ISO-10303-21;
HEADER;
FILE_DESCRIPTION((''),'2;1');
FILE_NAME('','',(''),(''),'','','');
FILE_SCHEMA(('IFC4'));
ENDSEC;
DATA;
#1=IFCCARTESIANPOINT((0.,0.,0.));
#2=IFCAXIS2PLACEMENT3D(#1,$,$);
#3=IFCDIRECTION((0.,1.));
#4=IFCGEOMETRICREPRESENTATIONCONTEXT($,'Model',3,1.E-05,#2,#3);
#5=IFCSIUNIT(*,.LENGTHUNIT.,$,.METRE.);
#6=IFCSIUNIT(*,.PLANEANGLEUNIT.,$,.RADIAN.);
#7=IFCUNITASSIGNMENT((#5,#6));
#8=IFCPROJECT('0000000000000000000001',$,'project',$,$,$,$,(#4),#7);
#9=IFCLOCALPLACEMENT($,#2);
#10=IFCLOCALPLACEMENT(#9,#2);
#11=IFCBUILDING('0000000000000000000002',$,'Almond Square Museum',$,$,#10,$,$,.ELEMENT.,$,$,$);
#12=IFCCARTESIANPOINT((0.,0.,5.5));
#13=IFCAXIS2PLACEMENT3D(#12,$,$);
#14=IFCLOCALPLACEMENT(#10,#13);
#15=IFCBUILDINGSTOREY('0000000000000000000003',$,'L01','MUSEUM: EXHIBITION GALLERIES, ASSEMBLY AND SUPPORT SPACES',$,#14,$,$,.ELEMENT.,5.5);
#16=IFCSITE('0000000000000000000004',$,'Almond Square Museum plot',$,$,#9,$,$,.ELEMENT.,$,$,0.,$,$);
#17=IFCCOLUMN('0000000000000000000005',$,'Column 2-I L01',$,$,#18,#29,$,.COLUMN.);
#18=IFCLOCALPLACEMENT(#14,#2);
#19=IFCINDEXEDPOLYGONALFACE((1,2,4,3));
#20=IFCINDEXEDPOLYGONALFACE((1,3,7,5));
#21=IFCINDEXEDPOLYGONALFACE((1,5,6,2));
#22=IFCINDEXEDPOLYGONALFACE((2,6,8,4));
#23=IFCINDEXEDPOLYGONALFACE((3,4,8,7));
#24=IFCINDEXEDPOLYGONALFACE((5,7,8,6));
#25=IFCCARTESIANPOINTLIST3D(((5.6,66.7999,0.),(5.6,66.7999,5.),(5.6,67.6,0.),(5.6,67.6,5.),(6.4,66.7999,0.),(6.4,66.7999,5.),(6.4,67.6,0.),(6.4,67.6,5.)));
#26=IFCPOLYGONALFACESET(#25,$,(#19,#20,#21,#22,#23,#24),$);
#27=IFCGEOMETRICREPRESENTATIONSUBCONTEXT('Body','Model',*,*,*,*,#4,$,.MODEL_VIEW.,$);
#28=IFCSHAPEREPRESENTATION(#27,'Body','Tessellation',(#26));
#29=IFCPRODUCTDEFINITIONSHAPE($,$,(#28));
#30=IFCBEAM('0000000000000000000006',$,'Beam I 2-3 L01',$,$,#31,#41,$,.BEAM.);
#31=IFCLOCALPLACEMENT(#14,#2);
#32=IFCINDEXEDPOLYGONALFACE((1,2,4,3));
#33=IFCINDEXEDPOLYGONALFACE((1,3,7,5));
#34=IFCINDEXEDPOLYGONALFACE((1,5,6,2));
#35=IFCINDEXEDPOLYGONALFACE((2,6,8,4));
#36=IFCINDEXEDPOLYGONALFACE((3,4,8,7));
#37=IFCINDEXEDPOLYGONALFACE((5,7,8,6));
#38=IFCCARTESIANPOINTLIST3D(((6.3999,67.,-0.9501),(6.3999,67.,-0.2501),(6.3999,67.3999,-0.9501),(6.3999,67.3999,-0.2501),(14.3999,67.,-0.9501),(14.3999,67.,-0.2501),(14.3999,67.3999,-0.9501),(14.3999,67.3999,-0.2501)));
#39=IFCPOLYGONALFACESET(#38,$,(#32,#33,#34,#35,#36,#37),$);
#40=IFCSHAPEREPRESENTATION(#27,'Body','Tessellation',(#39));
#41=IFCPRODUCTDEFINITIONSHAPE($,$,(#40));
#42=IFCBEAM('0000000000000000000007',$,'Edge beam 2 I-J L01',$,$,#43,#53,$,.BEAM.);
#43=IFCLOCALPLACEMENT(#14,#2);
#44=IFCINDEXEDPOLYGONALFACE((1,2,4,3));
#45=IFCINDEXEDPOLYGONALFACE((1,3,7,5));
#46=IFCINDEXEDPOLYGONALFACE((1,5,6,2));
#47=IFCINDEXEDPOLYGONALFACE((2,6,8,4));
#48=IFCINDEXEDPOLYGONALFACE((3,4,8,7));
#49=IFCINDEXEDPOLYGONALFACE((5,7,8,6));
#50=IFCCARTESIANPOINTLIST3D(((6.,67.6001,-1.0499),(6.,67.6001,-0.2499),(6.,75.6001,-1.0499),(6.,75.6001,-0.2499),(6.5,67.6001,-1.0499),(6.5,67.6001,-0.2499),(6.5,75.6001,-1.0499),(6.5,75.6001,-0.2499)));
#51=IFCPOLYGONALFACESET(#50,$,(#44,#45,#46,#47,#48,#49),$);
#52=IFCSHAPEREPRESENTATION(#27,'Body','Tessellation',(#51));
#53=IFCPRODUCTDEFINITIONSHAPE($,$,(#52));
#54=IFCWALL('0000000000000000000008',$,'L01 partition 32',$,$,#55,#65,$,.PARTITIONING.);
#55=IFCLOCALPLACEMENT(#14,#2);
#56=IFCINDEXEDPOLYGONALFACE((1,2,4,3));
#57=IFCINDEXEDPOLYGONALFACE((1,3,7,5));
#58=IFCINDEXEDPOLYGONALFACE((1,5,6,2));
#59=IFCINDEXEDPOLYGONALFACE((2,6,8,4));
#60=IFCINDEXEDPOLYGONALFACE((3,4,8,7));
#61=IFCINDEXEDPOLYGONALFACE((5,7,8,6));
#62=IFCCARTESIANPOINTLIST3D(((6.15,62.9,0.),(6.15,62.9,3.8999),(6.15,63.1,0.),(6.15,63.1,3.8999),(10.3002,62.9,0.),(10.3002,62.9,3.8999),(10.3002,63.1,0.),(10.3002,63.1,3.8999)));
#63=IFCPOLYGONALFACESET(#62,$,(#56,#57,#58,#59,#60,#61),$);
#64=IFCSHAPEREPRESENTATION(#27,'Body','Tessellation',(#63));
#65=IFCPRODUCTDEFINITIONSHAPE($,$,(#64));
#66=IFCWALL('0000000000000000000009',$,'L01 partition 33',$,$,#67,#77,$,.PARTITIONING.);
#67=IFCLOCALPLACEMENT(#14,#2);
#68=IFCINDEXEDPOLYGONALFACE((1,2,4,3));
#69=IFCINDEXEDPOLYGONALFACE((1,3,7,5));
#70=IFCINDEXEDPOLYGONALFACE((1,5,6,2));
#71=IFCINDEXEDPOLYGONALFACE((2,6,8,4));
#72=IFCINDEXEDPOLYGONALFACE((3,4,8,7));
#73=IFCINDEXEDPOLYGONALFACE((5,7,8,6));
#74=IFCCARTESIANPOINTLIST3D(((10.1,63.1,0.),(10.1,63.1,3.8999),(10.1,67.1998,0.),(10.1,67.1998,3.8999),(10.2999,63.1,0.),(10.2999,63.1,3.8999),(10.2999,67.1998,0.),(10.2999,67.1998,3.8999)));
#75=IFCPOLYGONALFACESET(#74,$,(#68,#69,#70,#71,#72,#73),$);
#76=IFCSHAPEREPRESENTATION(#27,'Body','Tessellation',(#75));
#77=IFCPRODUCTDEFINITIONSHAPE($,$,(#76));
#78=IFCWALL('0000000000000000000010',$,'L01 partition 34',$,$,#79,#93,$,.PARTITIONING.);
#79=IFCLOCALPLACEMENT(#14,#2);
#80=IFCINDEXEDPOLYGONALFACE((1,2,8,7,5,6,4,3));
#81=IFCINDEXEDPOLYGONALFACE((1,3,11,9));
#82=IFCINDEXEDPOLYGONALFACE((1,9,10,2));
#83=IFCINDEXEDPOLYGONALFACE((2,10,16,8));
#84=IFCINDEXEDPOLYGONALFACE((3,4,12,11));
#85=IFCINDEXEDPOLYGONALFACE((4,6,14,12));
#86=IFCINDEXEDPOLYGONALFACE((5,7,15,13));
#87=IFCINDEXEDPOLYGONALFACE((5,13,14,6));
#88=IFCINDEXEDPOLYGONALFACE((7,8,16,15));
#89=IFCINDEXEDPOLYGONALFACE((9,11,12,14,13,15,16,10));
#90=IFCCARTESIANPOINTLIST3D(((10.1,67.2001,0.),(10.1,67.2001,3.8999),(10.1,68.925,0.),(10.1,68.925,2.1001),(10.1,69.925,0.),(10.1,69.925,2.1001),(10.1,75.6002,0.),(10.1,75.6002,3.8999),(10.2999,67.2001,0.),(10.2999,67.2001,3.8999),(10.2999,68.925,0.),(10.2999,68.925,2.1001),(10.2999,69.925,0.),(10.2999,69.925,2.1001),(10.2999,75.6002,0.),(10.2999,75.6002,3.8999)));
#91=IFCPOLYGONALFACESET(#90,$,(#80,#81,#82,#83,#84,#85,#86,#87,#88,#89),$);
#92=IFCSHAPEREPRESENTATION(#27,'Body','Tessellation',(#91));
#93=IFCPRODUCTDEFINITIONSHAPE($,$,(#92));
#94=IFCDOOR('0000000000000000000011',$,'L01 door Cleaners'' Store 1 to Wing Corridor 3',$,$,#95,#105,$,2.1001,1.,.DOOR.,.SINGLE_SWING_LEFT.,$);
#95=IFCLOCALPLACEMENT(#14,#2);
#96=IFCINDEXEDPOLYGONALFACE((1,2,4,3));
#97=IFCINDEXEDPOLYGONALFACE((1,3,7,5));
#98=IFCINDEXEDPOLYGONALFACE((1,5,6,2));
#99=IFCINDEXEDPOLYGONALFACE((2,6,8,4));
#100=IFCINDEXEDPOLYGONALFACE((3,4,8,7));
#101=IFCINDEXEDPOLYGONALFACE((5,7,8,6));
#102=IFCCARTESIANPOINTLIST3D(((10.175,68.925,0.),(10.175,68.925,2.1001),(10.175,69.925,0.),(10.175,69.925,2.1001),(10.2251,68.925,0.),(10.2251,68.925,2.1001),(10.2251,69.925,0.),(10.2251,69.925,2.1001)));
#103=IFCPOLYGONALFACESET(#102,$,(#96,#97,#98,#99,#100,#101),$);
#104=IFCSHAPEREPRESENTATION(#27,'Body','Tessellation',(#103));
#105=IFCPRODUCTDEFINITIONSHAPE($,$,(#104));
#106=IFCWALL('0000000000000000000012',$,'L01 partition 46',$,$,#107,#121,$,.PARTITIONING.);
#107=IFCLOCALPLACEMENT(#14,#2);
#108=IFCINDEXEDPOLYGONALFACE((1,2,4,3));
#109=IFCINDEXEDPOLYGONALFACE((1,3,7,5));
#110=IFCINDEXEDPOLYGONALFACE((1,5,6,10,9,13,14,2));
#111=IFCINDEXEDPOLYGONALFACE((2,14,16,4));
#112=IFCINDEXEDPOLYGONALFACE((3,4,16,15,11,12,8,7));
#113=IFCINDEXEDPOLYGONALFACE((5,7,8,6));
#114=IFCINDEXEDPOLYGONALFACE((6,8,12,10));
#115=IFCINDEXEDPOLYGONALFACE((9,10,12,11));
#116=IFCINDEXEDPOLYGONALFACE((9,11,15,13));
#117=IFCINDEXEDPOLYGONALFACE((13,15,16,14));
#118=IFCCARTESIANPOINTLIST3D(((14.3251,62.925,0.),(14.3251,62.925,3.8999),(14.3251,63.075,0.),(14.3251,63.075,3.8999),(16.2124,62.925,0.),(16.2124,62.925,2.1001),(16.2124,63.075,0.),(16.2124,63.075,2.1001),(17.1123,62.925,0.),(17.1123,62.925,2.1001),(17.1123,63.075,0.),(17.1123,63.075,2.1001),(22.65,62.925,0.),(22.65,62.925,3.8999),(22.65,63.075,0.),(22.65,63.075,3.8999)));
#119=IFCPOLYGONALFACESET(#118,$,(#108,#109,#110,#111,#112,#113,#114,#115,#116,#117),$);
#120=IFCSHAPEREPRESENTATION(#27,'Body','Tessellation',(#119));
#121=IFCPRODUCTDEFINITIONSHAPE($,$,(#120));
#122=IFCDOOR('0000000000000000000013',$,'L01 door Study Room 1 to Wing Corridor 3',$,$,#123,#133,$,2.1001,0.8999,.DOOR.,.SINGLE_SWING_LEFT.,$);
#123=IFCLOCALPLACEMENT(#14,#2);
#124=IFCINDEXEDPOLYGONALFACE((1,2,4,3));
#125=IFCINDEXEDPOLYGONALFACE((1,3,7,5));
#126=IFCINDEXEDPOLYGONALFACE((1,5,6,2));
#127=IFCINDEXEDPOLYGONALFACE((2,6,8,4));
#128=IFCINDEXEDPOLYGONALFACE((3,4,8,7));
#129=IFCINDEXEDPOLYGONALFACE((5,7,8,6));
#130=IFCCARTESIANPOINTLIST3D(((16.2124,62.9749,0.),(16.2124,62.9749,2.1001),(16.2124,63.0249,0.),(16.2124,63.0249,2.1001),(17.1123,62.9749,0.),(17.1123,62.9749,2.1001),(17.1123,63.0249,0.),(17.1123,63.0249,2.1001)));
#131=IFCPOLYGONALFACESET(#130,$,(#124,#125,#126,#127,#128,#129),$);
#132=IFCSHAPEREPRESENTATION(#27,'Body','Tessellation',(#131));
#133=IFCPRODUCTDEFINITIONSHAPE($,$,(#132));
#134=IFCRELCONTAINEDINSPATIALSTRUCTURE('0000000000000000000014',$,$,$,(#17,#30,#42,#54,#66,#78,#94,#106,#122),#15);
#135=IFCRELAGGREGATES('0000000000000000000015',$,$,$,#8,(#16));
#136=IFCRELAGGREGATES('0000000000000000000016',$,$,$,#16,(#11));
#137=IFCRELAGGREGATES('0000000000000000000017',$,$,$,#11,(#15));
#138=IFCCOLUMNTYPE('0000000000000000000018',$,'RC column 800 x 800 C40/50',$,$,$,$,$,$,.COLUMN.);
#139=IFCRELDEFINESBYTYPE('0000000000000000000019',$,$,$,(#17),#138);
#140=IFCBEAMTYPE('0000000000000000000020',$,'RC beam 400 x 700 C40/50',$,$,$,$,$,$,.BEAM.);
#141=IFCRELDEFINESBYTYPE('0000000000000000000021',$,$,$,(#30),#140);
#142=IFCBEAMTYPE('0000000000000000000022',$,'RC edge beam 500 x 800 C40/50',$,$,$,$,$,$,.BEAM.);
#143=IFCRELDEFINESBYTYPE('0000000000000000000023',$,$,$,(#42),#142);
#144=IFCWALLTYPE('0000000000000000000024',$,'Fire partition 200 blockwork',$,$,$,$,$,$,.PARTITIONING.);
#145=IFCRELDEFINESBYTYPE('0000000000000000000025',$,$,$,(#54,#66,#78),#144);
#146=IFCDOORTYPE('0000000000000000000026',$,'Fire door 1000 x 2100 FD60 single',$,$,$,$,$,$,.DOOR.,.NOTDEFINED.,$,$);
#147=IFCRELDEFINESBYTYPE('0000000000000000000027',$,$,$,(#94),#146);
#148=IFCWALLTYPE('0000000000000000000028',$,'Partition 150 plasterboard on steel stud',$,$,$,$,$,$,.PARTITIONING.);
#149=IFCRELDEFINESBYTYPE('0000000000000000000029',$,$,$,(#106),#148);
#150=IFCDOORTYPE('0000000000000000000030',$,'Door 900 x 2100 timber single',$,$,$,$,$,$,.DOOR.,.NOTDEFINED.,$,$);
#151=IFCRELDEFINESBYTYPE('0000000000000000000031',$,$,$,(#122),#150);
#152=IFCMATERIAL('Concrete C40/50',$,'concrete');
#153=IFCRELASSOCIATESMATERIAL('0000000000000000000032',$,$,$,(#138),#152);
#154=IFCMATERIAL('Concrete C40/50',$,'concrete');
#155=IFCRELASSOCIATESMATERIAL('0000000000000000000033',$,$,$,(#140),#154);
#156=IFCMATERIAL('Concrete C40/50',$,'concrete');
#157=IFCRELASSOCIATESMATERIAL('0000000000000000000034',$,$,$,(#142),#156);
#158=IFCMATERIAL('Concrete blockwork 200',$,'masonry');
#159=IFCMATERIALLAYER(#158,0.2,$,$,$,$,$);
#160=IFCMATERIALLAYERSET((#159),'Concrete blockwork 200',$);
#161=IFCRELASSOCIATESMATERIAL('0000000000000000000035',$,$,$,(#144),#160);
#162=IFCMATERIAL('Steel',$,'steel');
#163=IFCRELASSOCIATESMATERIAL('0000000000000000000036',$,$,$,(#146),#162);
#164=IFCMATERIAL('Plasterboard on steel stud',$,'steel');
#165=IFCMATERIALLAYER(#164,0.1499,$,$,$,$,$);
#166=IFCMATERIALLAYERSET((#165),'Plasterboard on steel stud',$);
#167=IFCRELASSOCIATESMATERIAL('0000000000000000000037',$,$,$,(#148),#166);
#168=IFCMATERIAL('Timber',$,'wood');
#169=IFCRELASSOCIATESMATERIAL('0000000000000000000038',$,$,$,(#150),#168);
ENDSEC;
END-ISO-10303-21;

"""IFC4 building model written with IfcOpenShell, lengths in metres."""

from ifc_helpers import new_model, si_unit, direction, frame, frame_2d, origin, origin_2d, place, context, subcontext, project, spatial, rectangle, extrude, material, layer, layer_set, material_profile, profile_set, type_object, element, fill, save


model = new_model("IFC4")

# Units and contexts
model_context = context("Model", 3, precision=1e-05, world=origin(), true_north=direction((0.0, 1.0)))
body_context = subcontext(model_context, "Body", "Model", "MODEL_VIEW")
ifc_project = project(units=[si_unit("LENGTHUNIT", "METRE"), si_unit("PLANEANGLEUNIT", "RADIAN")], contexts=[model_context])

# Site, building, storey
site_placement = place(None, origin())
site = spatial("IfcSite", under=ifc_project, at=site_placement, Name="Almond Square Museum plot", CompositionType="ELEMENT", RefElevation=0.0)
building_placement = place(site_placement, origin())
building = spatial("IfcBuilding", under=site, at=building_placement, Name="Almond Square Museum", CompositionType="ELEMENT")
storey_placement = place(building_placement, frame((0.0, 0.0, 5.5)))
storey = spatial("IfcBuildingStorey", under=building, at=storey_placement, Name="L01", Description="MUSEUM: EXHIBITION GALLERIES, ASSEMBLY AND SUPPORT SPACES", CompositionType="ELEMENT", Elevation=5.5)

# Column
ifc_material_1 = material(Name="Concrete C40/50", Category="concrete")
ifc_material_profile_1 = material_profile(ifc_material_1, rectangle(XDim=0.8, YDim=0.8, at=origin_2d()))
ifc_profile_set_1 = profile_set([ifc_material_profile_1], Name="Concrete C40/50")
column_type = type_object("IfcColumnType", Name="RC column 800 x 800 C40/50", PredefinedType="COLUMN", material=ifc_profile_set_1)
column_placement = place(storey_placement, frame((6.0, 67.2, 0.0), z_axis=(0.0, 0.0, 1.0), x_axis=(1.0, 0.0, 0.0)))
element("IfcColumn", 1, at=column_placement, inside=storey, type_object=column_type, Name="Column 2-I L01", PredefinedType="COLUMN", context=body_context, shape_type="SweptSolid", body=[
    extrude(rectangle(XDim=0.8, YDim=0.8, at=origin_2d()), origin(), (0.0, 0.0, 1.0), 5.0),
])

# Beams
ifc_material_2 = material(Name="Concrete C40/50", Category="concrete")
ifc_material_profile_2 = material_profile(ifc_material_2, rectangle(XDim=0.3999, YDim=0.7, at=origin_2d()))
ifc_profile_set_2 = profile_set([ifc_material_profile_2], Name="Concrete C40/50")
beam_type_1 = type_object("IfcBeamType", Name="RC beam 400 x 700 C40/50", PredefinedType="BEAM", material=ifc_profile_set_2)
beam_1_placement = place(storey_placement, frame((6.3999, 67.2, -0.6001), z_axis=(1.0, 0.0, 0.0), x_axis=(0.0, 1.0, 0.0)))
element("IfcBeam", 2, at=beam_1_placement, inside=storey, type_object=beam_type_1, Name="Beam I 2-3 L01", PredefinedType="BEAM", context=body_context, shape_type="SweptSolid", body=[
    extrude(rectangle(XDim=0.3999, YDim=0.7, at=origin_2d()), origin(), (0.0, 0.0, 1.0), 8.0),
])
ifc_material_3 = material(Name="Concrete C40/50", Category="concrete")
ifc_material_profile_3 = material_profile(ifc_material_3, rectangle(XDim=0.5, YDim=0.8, at=origin_2d()))
ifc_profile_set_3 = profile_set([ifc_material_profile_3], Name="Concrete C40/50")
beam_type_2 = type_object("IfcBeamType", Name="RC edge beam 500 x 800 C40/50", PredefinedType="BEAM", material=ifc_profile_set_3)
beam_2_placement = place(storey_placement, frame((6.25, 67.6001, -0.6499), z_axis=(0.0, 1.0, 0.0), x_axis=(-1.0, 0.0, 0.0)))
element("IfcBeam", 3, at=beam_2_placement, inside=storey, type_object=beam_type_2, Name="Edge beam 2 I-J L01", PredefinedType="BEAM", context=body_context, shape_type="SweptSolid", body=[
    extrude(rectangle(XDim=0.5, YDim=0.8, at=origin_2d()), origin(), (0.0, 0.0, 1.0), 8.0),
])

# Walls
ifc_material_4 = material(Name="Concrete blockwork 200", Category="masonry")
ifc_layer_1 = layer(ifc_material_4, 0.2)
ifc_layer_set_1 = layer_set([ifc_layer_1], Name="Concrete blockwork 200")
wall_type_1 = type_object("IfcWallType", Name="Fire partition 200 blockwork", PredefinedType="PARTITIONING", material=ifc_layer_set_1)
wall_1_placement = place(storey_placement, frame((6.1499, 63.0, 0.0), z_axis=(0.0, 0.0, 1.0), x_axis=(1.0, 0.0, 0.0)))
element("IfcWall", 4, at=wall_1_placement, inside=storey, type_object=wall_type_1, Name="L01 partition 32", PredefinedType="PARTITIONING", context=body_context, shape_type="SweptSolid", body=[
    extrude(rectangle(XDim=4.1501, YDim=0.2, at=frame_2d((2.0752, 0.0))), origin(), (0.0, 0.0, 1.0), 3.8999),
])
wall_2_placement = place(storey_placement, frame((10.2, 63.1001, 0.0), z_axis=(0.0, 0.0, 1.0), x_axis=(0.0, 1.0, 0.0)))
element("IfcWall", 5, at=wall_2_placement, inside=storey, type_object=wall_type_1, Name="L01 partition 33", PredefinedType="PARTITIONING", context=body_context, shape_type="SweptSolid", body=[
    extrude(rectangle(XDim=4.0999, YDim=0.2, at=frame_2d((2.0498, 0.0))), origin(), (0.0, 0.0, 1.0), 3.8999),
])

# Walls, openings, doors
wall_3_placement = place(storey_placement, frame((10.2, 67.2, 0.0), z_axis=(0.0, 0.0, 1.0), x_axis=(0.0, 1.0, 0.0)))
wall_3 = element("IfcWall", 6, at=wall_3_placement, inside=storey, type_object=wall_type_1, Name="L01 partition 34", PredefinedType="PARTITIONING", context=body_context, shape_type="SweptSolid", body=[
    extrude(rectangle(XDim=8.4001, YDim=0.2, at=frame_2d((4.2002, 0.0))), origin(), (0.0, 0.0, 1.0), 3.8999),
])
opening_1_placement = place(wall_3_placement, frame((1.7251, 0.0, 0.0)))
opening_1 = element("IfcOpeningElement", 7, at=opening_1_placement, cuts=wall_3, PredefinedType="OPENING", context=body_context, shape_type="SweptSolid", body=[
    extrude(rectangle(XDim=1.0, YDim=2.1001, at=frame_2d((0.5, 1.05))), frame((0.0, 0.1099, 0.0), z_axis=(0.0, -1.0, 0.0), x_axis=(1.0, 0.0, 0.0)), (0.0, 0.0, 1.0), 0.22),
])
ifc_material_5 = material(Name="Steel", Category="steel")
door_type_1 = type_object("IfcDoorType", Name="Fire door 1000 x 2100 FD60 single", OperationType="NOTDEFINED", PredefinedType="DOOR", material=ifc_material_5)
door_1_placement = place(opening_1_placement, origin())
door_1 = element("IfcDoor", 8, at=door_1_placement, inside=storey, type_object=door_type_1, Name="L01 door Cleaners' Store 1 to Wing Corridor 3", OperationType="SINGLE_SWING_LEFT", OverallHeight=2.1001, OverallWidth=1.0, PredefinedType="DOOR", context=body_context, shape_type="SweptSolid", body=[
    extrude(rectangle(XDim=1.0, YDim=2.1001, at=frame_2d((0.5, 1.05))), frame((0.0, 0.0249, 0.0), z_axis=(0.0, -1.0, 0.0), x_axis=(1.0, 0.0, 0.0)), (0.0, 0.0, 1.0), 0.05),
])
fill(opening_1, door_1)
ifc_material_6 = material(Name="Plasterboard on steel stud", Category="steel")
ifc_layer_2 = layer(ifc_material_6, 0.1499)
ifc_layer_set_2 = layer_set([ifc_layer_2], Name="Plasterboard on steel stud")
wall_type_2 = type_object("IfcWallType", Name="Partition 150 plasterboard on steel stud", PredefinedType="PARTITIONING", material=ifc_layer_set_2)
wall_4_placement = place(storey_placement, frame((14.325, 63.0, 0.0), z_axis=(0.0, 0.0, 1.0), x_axis=(1.0, 0.0, 0.0)))
wall_4 = element("IfcWall", 9, at=wall_4_placement, inside=storey, type_object=wall_type_2, Name="L01 partition 46", PredefinedType="PARTITIONING", context=body_context, shape_type="SweptSolid", body=[
    extrude(rectangle(XDim=8.325, YDim=0.1499, at=frame_2d((4.1626, 0.0))), origin(), (0.0, 0.0, 1.0), 3.8999),
])
opening_2_placement = place(wall_4_placement, frame((1.8875, 0.0, 0.0)))
opening_2 = element("IfcOpeningElement", 10, at=opening_2_placement, cuts=wall_4, PredefinedType="OPENING", context=body_context, shape_type="SweptSolid", body=[
    extrude(rectangle(XDim=0.8999, YDim=2.1001, at=frame_2d((0.45, 1.05))), frame((0.0, 0.085, 0.0), z_axis=(0.0, -1.0, 0.0), x_axis=(1.0, 0.0, 0.0)), (0.0, 0.0, 1.0), 0.1699),
])
ifc_material_7 = material(Name="Timber", Category="wood")
door_type_2 = type_object("IfcDoorType", Name="Door 900 x 2100 timber single", OperationType="NOTDEFINED", PredefinedType="DOOR", material=ifc_material_7)
door_2_placement = place(opening_2_placement, origin())
door_2 = element("IfcDoor", 11, at=door_2_placement, inside=storey, type_object=door_type_2, Name="L01 door Study Room 1 to Wing Corridor 3", OperationType="SINGLE_SWING_LEFT", OverallHeight=2.1001, OverallWidth=0.8999, PredefinedType="DOOR", context=body_context, shape_type="SweptSolid", body=[
    extrude(rectangle(XDim=0.8999, YDim=2.1001, at=frame_2d((0.45, 1.05))), frame((0.0, 0.0249, 0.0), z_axis=(0.0, -1.0, 0.0), x_axis=(1.0, 0.0, 0.0)), (0.0, 0.0, 1.0), 0.05),
])
fill(opening_2, door_2)

save(model, "model.ifc")
